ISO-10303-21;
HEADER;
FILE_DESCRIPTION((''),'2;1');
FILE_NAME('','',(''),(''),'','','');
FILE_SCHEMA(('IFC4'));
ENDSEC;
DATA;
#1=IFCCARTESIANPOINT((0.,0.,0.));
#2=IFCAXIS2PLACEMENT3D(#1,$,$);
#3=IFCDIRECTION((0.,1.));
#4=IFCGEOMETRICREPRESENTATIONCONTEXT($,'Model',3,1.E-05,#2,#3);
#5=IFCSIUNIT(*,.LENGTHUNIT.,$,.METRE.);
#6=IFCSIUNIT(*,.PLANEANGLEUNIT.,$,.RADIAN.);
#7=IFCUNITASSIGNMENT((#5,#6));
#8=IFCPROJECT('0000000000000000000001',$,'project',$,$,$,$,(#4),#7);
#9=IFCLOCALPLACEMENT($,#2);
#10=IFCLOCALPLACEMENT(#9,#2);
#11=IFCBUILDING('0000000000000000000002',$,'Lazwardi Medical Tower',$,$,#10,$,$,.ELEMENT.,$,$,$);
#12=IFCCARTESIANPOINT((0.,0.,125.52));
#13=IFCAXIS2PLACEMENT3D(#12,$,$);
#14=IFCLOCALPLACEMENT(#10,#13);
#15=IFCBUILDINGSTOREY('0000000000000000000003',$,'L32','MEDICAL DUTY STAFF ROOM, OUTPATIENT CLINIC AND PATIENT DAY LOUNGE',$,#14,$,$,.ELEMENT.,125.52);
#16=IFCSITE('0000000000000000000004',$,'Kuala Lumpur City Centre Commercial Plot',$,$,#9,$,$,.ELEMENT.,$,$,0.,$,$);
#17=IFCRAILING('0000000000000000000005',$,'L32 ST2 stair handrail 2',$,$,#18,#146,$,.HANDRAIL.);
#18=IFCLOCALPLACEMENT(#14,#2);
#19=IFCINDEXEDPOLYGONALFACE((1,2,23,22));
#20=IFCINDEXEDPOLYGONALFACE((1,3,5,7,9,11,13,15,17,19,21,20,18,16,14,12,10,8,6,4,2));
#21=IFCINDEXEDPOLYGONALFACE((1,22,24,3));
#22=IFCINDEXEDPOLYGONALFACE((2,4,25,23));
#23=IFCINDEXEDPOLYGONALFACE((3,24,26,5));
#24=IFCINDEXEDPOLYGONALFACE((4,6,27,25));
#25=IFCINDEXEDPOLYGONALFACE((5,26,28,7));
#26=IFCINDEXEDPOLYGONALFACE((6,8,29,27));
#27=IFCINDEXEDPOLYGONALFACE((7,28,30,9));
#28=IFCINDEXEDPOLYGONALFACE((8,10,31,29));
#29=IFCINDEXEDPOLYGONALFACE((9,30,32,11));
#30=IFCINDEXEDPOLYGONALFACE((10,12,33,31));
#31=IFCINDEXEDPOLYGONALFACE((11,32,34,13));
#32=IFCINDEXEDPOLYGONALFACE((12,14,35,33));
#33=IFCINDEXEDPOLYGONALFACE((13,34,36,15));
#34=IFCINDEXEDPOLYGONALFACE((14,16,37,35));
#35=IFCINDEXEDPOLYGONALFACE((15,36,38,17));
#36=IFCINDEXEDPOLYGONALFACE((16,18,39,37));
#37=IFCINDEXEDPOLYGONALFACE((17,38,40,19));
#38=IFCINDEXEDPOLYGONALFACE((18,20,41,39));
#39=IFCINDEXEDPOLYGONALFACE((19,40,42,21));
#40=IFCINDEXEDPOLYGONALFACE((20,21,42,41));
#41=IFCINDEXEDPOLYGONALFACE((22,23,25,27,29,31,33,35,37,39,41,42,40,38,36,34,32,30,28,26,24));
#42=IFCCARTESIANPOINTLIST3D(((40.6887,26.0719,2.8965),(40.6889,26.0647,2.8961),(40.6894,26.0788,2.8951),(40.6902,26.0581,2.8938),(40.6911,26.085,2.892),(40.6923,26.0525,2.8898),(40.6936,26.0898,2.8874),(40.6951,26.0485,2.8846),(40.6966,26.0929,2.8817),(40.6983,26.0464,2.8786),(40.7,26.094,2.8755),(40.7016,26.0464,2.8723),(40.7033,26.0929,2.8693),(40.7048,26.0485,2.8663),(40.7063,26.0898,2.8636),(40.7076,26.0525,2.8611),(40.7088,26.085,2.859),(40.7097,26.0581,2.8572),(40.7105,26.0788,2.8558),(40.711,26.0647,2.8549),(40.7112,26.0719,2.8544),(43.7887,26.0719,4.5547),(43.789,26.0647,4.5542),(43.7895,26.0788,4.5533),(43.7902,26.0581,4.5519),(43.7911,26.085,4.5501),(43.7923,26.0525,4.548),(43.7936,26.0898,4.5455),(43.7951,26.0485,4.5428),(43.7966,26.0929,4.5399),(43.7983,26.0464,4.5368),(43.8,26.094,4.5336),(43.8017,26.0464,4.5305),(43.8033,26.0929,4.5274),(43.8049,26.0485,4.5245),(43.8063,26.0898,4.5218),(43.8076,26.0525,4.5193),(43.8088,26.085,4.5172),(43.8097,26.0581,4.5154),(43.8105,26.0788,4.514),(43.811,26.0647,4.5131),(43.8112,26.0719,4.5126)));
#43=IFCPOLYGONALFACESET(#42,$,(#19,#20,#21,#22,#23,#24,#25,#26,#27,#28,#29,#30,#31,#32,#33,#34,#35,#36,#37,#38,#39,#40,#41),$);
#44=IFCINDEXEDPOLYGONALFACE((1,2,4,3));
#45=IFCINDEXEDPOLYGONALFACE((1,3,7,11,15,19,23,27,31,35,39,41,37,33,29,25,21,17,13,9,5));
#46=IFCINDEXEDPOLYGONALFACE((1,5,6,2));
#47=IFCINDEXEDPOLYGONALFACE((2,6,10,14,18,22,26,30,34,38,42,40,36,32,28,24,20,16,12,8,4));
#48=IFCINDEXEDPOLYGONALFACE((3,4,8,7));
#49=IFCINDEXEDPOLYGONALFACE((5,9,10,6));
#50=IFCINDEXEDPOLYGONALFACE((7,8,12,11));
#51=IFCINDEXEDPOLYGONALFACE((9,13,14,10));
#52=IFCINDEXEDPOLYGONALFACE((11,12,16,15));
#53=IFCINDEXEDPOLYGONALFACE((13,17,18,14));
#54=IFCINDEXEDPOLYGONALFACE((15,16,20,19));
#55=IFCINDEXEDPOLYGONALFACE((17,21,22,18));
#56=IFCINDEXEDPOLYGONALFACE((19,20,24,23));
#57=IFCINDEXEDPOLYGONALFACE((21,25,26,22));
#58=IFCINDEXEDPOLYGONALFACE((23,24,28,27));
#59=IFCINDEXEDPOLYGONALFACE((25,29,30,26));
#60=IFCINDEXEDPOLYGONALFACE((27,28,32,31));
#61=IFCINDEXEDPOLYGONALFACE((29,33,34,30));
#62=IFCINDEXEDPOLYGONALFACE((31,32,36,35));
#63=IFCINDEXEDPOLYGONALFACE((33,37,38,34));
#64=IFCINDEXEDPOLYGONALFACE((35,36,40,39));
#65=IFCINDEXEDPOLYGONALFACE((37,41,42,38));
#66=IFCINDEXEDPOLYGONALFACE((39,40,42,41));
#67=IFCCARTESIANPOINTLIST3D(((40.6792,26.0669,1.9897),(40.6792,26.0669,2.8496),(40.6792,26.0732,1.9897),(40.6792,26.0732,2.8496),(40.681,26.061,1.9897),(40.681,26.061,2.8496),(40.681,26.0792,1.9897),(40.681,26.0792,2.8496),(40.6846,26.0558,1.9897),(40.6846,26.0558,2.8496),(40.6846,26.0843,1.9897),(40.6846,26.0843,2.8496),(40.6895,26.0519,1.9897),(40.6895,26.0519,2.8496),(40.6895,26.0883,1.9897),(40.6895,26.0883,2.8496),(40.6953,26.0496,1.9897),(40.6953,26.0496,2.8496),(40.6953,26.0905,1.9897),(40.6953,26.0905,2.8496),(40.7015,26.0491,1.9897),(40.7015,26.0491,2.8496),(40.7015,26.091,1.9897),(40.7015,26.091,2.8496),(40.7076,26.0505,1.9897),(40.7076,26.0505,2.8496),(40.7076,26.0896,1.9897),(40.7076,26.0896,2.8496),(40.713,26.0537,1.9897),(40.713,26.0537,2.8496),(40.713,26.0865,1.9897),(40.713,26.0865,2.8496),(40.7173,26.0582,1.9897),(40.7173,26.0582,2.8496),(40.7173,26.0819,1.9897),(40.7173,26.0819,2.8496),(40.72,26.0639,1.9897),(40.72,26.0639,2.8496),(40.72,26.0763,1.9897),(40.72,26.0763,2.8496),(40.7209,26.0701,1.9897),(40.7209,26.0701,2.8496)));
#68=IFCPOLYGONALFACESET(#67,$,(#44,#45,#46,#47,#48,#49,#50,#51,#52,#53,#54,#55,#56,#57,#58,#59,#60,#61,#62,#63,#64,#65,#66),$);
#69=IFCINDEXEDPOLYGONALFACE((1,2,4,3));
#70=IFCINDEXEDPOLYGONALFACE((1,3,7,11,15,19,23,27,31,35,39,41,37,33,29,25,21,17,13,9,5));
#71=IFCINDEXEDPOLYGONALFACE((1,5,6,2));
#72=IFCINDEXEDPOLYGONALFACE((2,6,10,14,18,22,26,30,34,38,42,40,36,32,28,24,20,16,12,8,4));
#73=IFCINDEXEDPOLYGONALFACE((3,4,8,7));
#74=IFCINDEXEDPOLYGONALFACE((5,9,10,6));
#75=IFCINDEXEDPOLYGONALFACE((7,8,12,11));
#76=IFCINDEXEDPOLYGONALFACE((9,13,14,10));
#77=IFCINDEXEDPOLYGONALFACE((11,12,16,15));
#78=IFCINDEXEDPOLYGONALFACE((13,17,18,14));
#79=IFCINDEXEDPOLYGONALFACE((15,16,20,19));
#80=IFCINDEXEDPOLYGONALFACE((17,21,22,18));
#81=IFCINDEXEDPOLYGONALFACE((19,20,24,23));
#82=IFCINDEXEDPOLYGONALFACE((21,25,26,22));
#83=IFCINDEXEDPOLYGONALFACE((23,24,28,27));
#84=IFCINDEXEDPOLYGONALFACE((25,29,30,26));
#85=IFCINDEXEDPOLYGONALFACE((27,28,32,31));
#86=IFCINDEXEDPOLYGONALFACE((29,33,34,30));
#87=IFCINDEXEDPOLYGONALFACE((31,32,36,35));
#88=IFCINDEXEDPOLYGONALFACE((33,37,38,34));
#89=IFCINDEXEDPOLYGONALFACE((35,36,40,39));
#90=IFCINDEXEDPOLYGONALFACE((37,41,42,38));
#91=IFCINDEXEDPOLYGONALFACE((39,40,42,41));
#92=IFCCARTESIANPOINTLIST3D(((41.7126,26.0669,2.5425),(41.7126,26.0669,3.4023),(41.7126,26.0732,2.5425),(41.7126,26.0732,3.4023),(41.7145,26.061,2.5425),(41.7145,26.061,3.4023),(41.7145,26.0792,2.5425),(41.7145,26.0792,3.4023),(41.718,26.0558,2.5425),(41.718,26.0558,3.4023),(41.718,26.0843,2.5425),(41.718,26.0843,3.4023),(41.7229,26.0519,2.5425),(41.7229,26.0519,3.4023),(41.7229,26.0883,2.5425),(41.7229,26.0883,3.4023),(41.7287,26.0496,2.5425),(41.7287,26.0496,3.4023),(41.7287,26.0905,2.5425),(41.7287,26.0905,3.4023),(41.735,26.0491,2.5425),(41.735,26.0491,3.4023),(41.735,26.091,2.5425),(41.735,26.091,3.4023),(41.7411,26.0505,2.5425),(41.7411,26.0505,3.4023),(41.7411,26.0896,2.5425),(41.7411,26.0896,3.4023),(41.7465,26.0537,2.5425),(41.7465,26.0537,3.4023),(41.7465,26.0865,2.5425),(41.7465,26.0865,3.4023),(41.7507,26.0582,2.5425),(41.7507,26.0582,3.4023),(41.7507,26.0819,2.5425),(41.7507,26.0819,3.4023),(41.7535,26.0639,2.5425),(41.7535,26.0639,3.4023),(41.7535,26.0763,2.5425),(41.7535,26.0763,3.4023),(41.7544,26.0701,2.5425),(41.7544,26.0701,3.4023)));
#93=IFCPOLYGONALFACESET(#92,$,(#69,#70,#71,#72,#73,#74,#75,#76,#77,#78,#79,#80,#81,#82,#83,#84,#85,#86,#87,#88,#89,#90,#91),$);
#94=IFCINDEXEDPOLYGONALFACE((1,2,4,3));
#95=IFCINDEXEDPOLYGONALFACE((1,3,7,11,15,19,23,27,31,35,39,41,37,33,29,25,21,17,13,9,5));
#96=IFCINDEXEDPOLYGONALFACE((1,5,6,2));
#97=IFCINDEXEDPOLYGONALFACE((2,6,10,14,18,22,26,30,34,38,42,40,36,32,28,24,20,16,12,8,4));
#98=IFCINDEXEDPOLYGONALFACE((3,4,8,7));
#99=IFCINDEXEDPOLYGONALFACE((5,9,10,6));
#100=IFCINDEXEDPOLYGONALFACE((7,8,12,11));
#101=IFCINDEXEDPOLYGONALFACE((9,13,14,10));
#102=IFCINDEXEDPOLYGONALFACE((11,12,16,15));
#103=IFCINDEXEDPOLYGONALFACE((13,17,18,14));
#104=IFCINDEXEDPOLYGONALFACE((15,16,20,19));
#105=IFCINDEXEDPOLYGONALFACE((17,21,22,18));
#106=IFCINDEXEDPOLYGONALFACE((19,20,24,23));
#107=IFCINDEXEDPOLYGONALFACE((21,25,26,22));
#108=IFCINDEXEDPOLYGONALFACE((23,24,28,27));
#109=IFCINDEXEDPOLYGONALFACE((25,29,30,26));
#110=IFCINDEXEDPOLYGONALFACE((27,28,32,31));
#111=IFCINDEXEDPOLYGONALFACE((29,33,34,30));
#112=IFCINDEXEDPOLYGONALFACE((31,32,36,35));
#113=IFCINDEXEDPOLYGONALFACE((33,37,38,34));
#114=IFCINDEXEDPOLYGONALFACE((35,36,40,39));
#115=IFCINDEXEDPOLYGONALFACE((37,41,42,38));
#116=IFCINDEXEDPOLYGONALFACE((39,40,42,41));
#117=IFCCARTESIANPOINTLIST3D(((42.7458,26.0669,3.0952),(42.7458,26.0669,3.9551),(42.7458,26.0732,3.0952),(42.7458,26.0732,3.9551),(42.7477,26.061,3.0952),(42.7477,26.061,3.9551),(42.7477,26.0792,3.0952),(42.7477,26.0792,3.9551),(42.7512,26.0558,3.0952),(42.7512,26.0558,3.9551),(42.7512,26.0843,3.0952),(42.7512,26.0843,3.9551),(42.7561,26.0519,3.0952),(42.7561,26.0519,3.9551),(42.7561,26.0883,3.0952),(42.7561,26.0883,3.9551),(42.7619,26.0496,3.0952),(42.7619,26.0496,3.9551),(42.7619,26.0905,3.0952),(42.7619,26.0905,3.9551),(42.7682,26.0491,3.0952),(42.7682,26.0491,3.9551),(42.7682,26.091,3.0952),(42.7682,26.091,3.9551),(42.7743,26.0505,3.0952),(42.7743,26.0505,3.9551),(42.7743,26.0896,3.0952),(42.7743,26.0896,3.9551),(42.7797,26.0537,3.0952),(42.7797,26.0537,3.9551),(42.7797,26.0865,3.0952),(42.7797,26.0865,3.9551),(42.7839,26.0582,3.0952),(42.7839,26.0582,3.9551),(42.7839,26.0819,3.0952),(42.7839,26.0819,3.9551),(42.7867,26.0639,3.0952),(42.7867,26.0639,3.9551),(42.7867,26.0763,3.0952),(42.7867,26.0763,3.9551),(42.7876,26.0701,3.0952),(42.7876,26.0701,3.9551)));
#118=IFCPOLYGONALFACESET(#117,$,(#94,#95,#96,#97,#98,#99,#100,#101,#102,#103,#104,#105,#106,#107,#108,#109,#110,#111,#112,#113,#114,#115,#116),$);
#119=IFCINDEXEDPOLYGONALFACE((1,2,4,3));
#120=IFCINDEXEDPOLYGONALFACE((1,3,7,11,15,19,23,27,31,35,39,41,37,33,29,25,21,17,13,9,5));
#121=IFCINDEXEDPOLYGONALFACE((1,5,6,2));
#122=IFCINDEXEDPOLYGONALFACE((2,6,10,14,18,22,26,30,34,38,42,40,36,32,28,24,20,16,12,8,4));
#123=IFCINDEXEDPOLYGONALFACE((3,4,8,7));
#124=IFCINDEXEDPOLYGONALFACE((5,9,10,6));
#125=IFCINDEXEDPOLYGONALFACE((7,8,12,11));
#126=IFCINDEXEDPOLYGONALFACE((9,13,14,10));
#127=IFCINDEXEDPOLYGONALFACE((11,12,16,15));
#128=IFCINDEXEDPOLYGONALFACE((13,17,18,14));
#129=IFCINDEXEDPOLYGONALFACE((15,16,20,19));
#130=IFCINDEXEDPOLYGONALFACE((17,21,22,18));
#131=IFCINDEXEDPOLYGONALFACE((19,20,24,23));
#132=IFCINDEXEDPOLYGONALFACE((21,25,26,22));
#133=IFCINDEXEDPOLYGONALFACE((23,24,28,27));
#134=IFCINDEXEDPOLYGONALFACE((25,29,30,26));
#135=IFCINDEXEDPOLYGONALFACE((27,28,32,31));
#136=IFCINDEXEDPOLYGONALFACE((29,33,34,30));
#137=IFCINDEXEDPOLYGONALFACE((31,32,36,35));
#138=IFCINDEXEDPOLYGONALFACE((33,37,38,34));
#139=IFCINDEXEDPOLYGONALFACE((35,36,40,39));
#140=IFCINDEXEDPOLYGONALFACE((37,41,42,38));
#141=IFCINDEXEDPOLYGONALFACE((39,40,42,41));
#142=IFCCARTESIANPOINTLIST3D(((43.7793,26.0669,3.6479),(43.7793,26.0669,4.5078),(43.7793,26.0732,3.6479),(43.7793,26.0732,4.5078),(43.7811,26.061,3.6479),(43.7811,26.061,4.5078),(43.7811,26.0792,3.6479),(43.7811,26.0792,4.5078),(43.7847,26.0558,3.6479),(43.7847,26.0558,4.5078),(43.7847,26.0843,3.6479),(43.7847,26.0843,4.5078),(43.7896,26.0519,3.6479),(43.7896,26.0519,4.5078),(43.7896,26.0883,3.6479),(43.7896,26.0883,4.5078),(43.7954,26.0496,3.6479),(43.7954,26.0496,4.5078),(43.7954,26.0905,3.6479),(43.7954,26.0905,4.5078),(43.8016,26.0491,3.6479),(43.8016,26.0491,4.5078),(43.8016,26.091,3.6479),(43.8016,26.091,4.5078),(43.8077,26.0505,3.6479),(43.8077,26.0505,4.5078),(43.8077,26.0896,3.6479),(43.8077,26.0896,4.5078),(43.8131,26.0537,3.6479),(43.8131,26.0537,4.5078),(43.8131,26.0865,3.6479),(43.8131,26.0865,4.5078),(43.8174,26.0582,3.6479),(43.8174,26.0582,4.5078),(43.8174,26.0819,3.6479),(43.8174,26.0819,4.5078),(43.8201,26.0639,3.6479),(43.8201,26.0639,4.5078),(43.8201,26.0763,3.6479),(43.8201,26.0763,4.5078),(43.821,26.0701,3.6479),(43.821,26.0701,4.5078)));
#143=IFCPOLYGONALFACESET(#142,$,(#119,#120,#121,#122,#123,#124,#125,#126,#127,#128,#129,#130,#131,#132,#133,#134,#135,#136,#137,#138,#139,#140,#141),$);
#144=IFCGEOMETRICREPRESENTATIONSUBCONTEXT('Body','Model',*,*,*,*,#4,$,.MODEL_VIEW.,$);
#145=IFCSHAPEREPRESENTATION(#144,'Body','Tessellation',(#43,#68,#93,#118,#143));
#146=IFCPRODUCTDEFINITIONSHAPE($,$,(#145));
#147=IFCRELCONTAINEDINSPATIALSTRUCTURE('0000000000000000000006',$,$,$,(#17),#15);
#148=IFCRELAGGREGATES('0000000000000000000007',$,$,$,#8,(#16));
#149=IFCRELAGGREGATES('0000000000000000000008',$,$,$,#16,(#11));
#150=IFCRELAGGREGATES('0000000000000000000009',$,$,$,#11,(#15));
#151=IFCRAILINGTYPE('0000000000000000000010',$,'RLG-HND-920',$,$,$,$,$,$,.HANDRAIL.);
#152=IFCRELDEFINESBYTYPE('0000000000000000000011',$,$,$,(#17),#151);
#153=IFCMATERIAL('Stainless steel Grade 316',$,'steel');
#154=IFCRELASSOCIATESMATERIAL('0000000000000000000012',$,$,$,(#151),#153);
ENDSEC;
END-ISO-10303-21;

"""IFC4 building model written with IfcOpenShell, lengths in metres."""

from ifc_helpers import new_model, si_unit, direction, frame, origin, origin_2d, place, context, subcontext, project, spatial, circle, extrude, material, type_object, element, save


model = new_model("IFC4")

# Units and contexts
model_context = context("Model", 3, precision=1e-05, world=origin(), true_north=direction((0.0, 1.0)))
body_context = subcontext(model_context, "Body", "Model", "MODEL_VIEW")
ifc_project = project(units=[si_unit("LENGTHUNIT", "METRE"), si_unit("PLANEANGLEUNIT", "RADIAN")], contexts=[model_context])

# Site, building, storey
site_placement = place(None, origin())
site = spatial("IfcSite", under=ifc_project, at=site_placement, Name="Kuala Lumpur City Centre Commercial Plot", CompositionType="ELEMENT", RefElevation=0.0)
building_placement = place(site_placement, origin())
building = spatial("IfcBuilding", under=site, at=building_placement, Name="Lazwardi Medical Tower", CompositionType="ELEMENT")
storey_placement = place(building_placement, frame((0.0, 0.0, 125.52)))
storey = spatial("IfcBuildingStorey", under=building, at=storey_placement, Name="L32", Description="MEDICAL DUTY STAFF ROOM, OUTPATIENT CLINIC AND PATIENT DAY LOUNGE", CompositionType="ELEMENT", Elevation=125.52)

# Railing
ifc_material_1 = material(Name="Stainless steel Grade 316", Category="steel")
railing_type_1 = type_object("IfcRailingType", Name="RLG-HND-920", PredefinedType="HANDRAIL", material=ifc_material_1)
railing_1_placement = place(storey_placement, frame((40.7, 26.0701, 1.9897)))
element("IfcRailing", 1, at=railing_1_placement, inside=storey, type_object=railing_type_1, Name="L32 ST2 stair handrail 2", PredefinedType="HANDRAIL", context=body_context, shape_type="SweptSolid", body=[
    extrude(circle(Radius=0.0239, at=origin_2d()), frame((0.0, 0.0, 0.8857), z_axis=(0.881783, 0.0, 0.471655), x_axis=(0.0, 1.0, 0.0)), (0.0, 0.0, 1.0), 3.5156),
    extrude(circle(Radius=0.021, at=origin_2d()), origin(), (0.0, 0.0, 1.0), 0.8599),
    extrude(circle(Radius=0.021, at=origin_2d()), frame((1.0334, 0.0, 0.5527)), (0.0, 0.0, 1.0), 0.8599),
    extrude(circle(Radius=0.021, at=origin_2d()), frame((2.0667, 0.0, 1.1055)), (0.0, 0.0, 1.0), 0.8599),
    extrude(circle(Radius=0.021, at=origin_2d()), frame((3.1001, 0.0, 1.6582)), (0.0, 0.0, 1.0), 0.8599),
])

save(model, "model.ifc")
